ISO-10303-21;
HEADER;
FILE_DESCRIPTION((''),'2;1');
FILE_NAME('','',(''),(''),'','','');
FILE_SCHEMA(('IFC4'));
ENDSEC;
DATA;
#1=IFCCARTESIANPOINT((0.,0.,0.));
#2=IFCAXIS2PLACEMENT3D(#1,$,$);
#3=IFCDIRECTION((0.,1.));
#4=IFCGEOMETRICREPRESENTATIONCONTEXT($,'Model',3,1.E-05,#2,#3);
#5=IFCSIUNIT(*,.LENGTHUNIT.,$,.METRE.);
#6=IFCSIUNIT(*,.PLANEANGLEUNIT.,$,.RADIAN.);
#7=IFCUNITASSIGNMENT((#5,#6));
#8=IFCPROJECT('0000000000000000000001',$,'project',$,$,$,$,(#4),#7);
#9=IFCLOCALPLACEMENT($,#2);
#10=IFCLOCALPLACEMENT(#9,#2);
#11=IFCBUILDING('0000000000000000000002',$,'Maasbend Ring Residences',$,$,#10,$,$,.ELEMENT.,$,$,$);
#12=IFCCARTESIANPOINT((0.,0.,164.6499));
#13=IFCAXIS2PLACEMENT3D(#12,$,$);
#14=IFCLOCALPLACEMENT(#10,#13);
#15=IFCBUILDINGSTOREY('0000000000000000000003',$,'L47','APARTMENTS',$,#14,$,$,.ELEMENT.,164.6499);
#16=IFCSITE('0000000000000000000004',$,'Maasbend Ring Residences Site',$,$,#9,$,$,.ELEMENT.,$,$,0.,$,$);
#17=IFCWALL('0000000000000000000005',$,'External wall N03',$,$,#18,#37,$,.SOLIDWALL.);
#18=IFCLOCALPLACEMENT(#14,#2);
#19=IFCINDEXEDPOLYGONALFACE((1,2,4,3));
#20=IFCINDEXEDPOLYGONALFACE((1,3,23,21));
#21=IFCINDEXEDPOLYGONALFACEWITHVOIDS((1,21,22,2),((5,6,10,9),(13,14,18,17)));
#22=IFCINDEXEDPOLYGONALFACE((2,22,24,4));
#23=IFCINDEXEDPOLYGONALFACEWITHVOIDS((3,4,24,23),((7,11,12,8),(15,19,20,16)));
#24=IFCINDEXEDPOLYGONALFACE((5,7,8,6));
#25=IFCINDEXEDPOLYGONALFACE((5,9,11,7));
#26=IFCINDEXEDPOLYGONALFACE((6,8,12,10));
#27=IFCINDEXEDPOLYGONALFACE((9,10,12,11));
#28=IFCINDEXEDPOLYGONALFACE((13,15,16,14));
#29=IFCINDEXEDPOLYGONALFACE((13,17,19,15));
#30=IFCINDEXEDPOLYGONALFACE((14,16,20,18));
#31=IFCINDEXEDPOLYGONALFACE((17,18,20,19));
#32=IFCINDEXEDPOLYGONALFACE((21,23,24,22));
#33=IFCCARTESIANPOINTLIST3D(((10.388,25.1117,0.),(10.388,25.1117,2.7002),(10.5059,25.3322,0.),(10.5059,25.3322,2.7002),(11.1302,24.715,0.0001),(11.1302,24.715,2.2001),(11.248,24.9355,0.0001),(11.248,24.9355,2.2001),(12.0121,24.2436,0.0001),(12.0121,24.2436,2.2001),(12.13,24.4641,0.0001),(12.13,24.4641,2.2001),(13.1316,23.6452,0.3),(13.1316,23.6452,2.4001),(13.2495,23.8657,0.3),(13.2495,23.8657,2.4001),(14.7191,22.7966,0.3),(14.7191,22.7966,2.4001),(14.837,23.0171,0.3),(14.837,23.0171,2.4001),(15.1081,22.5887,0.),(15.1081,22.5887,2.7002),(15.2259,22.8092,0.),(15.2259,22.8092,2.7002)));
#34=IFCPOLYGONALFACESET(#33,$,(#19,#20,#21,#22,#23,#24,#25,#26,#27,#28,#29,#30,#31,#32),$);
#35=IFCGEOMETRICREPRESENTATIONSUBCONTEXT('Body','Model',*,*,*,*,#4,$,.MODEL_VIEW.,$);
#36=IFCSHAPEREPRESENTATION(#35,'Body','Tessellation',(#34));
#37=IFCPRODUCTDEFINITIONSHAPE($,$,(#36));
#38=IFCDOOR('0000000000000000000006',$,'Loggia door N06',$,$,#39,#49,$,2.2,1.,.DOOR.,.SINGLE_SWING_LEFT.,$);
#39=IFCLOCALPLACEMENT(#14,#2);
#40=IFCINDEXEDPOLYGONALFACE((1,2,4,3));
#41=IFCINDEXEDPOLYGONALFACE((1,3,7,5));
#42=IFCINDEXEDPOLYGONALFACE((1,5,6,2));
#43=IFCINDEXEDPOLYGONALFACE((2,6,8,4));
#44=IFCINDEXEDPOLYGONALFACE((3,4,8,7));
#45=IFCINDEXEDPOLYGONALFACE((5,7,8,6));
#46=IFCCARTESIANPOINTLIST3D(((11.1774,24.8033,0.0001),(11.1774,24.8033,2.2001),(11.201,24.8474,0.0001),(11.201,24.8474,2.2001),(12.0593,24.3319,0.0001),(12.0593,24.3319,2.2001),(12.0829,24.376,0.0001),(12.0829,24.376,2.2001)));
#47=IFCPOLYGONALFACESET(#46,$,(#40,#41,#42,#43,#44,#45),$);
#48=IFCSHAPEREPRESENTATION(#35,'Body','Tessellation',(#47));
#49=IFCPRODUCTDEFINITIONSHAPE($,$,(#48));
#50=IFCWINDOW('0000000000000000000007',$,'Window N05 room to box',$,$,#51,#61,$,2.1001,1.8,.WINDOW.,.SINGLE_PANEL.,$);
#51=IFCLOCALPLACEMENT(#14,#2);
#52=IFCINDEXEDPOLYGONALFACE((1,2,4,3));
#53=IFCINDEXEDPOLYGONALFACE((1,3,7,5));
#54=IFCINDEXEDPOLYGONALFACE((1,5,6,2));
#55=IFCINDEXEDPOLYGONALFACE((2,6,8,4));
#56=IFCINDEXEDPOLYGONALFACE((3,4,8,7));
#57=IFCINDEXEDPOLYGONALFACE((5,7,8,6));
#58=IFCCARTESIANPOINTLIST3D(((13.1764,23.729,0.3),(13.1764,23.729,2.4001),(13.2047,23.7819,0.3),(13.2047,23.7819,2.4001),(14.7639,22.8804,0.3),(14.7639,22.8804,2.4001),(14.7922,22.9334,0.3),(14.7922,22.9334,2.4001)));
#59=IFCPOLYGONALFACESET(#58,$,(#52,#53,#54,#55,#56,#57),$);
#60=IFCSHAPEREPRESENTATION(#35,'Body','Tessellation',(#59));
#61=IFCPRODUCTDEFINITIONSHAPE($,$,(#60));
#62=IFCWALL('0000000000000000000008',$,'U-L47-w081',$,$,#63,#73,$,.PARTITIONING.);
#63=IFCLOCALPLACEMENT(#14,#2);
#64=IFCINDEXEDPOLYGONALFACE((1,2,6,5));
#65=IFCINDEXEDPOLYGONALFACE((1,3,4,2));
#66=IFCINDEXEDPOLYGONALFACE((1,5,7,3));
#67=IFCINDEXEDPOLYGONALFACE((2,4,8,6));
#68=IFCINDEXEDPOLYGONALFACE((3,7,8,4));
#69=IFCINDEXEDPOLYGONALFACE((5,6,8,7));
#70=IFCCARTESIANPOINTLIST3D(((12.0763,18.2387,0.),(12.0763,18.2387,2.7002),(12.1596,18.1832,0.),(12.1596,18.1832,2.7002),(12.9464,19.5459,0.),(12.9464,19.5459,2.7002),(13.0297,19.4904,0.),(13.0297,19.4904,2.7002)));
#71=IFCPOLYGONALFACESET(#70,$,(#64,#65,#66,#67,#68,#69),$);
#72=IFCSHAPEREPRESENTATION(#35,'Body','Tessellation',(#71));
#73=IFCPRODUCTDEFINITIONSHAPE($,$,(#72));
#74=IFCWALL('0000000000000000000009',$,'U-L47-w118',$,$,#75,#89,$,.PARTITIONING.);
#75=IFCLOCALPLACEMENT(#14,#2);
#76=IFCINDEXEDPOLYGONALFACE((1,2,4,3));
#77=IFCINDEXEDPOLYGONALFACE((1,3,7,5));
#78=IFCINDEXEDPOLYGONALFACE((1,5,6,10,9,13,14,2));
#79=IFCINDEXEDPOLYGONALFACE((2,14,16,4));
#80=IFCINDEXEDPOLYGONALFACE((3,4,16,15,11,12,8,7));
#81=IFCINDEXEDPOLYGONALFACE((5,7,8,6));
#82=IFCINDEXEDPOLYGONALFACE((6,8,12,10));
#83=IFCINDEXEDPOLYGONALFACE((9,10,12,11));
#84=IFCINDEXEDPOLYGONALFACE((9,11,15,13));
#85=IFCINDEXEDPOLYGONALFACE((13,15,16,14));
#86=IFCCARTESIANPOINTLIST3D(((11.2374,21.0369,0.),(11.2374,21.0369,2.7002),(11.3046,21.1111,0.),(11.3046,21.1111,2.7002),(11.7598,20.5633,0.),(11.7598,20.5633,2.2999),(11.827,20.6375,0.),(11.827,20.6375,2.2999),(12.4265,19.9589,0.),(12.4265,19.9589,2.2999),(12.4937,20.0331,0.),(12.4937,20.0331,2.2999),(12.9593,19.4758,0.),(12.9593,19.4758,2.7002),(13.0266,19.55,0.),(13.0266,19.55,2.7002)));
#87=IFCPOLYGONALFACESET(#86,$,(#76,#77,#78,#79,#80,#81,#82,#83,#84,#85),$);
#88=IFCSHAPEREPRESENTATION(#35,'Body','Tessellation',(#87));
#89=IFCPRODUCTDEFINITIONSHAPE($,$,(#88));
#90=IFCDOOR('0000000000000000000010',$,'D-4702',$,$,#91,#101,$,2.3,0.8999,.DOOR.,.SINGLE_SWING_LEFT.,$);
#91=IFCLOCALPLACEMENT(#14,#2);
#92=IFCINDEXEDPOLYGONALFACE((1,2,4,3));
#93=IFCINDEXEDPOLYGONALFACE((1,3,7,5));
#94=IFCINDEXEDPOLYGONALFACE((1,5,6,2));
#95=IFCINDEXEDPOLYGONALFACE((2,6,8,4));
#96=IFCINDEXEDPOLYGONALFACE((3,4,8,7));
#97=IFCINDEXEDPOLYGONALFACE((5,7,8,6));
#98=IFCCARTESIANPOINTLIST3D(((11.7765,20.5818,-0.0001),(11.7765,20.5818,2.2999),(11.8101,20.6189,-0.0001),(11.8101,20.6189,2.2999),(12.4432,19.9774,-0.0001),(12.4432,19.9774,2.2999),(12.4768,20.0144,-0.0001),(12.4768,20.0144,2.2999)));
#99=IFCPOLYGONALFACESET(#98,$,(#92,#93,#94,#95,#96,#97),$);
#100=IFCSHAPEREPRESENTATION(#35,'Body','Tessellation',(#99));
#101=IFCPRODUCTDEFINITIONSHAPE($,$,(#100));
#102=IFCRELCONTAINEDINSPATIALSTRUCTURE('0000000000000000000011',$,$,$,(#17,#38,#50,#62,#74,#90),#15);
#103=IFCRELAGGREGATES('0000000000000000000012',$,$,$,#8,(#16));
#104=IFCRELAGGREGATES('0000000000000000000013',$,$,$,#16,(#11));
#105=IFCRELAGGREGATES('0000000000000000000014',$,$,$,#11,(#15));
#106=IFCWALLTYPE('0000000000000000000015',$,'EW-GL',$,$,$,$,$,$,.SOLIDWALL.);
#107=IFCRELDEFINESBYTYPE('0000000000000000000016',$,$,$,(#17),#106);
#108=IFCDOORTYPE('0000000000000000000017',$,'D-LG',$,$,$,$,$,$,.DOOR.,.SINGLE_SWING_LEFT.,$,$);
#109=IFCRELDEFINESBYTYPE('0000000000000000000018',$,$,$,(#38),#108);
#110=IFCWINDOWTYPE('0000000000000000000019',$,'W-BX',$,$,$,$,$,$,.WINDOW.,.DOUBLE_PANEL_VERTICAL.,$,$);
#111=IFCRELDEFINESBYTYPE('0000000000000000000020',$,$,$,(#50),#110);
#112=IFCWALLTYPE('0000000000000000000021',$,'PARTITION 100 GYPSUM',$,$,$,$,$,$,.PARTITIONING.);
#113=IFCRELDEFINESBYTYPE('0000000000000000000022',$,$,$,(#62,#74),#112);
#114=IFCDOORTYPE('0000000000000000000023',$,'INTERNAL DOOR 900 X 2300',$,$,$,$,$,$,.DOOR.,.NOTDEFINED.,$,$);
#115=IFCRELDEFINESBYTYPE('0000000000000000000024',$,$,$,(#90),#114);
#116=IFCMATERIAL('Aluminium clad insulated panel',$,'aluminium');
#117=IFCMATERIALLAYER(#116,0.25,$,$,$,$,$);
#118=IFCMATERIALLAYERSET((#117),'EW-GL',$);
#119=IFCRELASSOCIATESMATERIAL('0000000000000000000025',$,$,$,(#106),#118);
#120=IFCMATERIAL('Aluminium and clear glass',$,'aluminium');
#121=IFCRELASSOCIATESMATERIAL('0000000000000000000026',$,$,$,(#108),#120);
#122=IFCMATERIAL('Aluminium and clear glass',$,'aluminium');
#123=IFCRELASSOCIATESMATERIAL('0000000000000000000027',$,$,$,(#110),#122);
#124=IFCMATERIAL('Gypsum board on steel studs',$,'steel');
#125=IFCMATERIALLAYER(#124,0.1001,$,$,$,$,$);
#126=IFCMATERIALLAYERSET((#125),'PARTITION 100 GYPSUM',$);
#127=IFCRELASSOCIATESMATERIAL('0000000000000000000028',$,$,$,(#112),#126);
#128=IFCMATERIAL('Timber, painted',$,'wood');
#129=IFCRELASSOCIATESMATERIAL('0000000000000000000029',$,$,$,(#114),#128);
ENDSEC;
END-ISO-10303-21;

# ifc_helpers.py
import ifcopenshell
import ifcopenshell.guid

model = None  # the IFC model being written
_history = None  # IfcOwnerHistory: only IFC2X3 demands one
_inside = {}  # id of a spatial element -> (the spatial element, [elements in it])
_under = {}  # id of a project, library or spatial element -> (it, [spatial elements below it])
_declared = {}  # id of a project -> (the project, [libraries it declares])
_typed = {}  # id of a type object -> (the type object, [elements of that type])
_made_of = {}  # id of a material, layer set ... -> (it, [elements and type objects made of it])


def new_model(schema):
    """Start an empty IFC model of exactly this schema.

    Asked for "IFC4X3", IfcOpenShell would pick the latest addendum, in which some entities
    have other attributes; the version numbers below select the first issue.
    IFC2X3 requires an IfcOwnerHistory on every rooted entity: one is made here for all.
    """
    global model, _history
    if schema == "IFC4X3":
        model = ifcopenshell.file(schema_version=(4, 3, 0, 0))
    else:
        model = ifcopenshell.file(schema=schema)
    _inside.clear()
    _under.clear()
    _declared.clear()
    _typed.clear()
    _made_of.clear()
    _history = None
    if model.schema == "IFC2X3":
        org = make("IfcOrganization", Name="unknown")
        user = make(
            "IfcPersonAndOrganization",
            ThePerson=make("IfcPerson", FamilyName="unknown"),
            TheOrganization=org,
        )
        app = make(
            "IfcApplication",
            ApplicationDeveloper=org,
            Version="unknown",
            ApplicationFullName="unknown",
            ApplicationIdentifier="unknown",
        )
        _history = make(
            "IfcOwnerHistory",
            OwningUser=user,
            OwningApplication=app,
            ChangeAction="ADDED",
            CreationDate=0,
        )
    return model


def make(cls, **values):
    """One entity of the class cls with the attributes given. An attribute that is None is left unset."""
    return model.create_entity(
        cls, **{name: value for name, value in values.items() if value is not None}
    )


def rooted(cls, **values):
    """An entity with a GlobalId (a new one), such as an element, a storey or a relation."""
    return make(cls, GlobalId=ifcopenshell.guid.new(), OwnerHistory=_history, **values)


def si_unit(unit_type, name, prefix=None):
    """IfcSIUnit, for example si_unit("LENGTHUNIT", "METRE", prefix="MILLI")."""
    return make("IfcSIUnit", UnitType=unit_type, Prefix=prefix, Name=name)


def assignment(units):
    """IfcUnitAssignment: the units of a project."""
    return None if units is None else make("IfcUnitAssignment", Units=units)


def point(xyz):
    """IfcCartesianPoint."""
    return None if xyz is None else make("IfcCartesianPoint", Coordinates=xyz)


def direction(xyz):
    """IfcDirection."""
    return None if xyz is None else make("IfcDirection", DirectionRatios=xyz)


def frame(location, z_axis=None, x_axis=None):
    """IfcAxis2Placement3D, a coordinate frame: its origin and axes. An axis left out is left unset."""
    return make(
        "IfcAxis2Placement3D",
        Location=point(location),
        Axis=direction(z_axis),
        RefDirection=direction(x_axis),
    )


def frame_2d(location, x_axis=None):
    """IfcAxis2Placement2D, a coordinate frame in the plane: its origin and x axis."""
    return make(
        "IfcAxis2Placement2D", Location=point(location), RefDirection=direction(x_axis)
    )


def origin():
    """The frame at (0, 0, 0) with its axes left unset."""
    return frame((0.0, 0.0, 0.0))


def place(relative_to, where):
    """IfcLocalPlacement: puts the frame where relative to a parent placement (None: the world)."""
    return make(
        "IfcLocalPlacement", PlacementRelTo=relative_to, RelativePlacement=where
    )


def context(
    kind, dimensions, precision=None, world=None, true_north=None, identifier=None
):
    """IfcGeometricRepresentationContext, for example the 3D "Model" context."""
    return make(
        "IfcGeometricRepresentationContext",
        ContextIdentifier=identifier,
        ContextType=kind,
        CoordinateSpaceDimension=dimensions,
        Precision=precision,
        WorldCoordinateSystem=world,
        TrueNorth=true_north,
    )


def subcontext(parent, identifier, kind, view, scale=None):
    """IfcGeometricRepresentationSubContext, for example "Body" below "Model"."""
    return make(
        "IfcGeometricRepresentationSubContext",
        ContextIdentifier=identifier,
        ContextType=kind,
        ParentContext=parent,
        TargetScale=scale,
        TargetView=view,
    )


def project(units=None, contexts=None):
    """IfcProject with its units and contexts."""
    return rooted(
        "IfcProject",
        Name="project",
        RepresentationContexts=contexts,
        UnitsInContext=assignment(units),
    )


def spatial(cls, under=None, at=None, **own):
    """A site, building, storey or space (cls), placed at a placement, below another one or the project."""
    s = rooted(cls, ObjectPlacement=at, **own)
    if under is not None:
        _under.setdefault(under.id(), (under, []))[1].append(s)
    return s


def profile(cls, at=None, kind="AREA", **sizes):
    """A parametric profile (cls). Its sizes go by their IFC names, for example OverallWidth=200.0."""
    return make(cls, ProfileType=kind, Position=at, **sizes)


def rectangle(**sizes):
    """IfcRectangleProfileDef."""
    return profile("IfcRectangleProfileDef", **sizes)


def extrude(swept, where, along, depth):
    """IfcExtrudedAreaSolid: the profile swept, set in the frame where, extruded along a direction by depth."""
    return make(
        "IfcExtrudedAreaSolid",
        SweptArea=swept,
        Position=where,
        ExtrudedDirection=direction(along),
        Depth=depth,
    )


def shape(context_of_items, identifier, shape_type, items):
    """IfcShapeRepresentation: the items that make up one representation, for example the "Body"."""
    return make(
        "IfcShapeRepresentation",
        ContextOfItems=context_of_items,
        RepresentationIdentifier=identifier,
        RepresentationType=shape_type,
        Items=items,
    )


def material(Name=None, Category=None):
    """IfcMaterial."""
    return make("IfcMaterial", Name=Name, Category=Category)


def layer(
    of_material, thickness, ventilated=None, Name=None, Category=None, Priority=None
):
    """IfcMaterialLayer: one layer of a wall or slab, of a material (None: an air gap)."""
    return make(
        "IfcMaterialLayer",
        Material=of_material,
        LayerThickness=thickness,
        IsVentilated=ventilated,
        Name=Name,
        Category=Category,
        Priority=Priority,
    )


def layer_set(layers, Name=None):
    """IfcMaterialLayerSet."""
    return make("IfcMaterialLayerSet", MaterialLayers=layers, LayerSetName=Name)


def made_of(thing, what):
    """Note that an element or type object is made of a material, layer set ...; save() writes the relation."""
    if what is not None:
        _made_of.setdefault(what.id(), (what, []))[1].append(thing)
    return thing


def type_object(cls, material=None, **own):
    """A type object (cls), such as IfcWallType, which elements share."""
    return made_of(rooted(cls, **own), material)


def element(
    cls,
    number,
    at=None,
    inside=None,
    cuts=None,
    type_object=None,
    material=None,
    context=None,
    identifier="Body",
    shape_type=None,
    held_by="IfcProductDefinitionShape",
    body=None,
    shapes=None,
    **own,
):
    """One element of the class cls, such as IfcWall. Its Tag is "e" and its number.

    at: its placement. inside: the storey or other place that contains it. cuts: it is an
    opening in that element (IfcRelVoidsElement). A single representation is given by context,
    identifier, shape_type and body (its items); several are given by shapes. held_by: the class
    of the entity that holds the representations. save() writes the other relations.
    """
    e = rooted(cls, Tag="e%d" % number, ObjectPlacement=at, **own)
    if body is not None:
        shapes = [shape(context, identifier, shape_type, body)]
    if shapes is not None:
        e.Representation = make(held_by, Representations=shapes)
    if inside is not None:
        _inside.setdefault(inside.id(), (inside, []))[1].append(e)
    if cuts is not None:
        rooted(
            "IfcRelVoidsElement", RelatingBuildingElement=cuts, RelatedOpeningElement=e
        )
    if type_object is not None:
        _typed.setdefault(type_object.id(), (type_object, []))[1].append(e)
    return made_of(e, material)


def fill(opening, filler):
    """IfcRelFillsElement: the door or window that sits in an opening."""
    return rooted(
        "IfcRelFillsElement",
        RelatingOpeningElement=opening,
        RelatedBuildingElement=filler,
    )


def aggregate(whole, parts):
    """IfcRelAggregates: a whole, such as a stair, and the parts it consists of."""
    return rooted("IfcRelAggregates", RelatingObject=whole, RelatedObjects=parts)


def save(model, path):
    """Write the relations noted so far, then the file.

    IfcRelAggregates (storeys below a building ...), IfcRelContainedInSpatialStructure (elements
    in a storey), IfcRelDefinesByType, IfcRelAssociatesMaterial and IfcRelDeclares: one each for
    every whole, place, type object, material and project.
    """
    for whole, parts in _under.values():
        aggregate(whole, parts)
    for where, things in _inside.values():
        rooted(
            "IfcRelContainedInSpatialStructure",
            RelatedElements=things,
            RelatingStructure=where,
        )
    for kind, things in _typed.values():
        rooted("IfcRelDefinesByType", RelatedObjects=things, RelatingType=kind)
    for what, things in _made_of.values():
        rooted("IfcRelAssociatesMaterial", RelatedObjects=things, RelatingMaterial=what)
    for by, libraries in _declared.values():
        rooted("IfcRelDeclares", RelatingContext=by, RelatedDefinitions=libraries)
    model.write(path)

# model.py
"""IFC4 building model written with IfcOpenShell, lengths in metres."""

from ifc_helpers import new_model, si_unit, direction, frame, frame_2d, origin, place, context, subcontext, project, spatial, rectangle, extrude, material, layer, layer_set, type_object, element, fill, save


model = new_model("IFC4")

# Units and contexts
model_context = context("Model", 3, precision=1e-05, world=origin(), true_north=direction((0.0, 1.0)))
body_context = subcontext(model_context, "Body", "Model", "MODEL_VIEW")
ifc_project = project(units=[si_unit("LENGTHUNIT", "METRE"), si_unit("PLANEANGLEUNIT", "RADIAN")], contexts=[model_context])

# Site, building, storey
site_placement = place(None, origin())
site = spatial("IfcSite", under=ifc_project, at=site_placement, Name="Maasbend Ring Residences Site", CompositionType="ELEMENT", RefElevation=0.0)
building_placement = place(site_placement, origin())
building = spatial("IfcBuilding", under=site, at=building_placement, Name="Maasbend Ring Residences", CompositionType="ELEMENT")
storey_placement = place(building_placement, frame((0.0, 0.0, 164.6499)))
storey = spatial("IfcBuildingStorey", under=building, at=storey_placement, Name="L47", Description="APARTMENTS", CompositionType="ELEMENT", Elevation=164.6499)

# Wall, openings, door, window
ifc_material_1 = material(Name="Aluminium clad insulated panel", Category="aluminium")
ifc_layer_1 = layer(ifc_material_1, 0.25)
ifc_layer_set_1 = layer_set([ifc_layer_1], Name="EW-GL")
wall_type_1 = type_object("IfcWallType", Name="EW-GL", PredefinedType="SOLIDWALL", material=ifc_layer_set_1)
ifc_material_2 = material(Name="Aluminium and clear glass", Category="aluminium")
door_type_1 = type_object("IfcDoorType", Name="D-LG", OperationType="SINGLE_SWING_LEFT", PredefinedType="DOOR", material=ifc_material_2)
ifc_material_3 = material(Name="Aluminium and clear glass", Category="aluminium")
window_type_1 = type_object("IfcWindowType", Name="W-BX", PartitioningType="DOUBLE_PANEL_VERTICAL", PredefinedType="WINDOW", material=ifc_material_3)
wall_1_placement = place(storey_placement, frame((15.167, 22.699, 0.0), z_axis=(0.0, 0.0, 1.0), x_axis=(-0.881916, 0.471407, 0.0)))
wall_1 = element("IfcWall", 1, at=wall_1_placement, inside=storey, type_object=wall_type_1, Name="External wall N03", PredefinedType="SOLIDWALL", context=body_context, shape_type="SweptSolid", body=[
    extrude(rectangle(XDim=5.3521, YDim=0.25, at=frame_2d((2.676, 0.0))), origin(), (0.0, 0.0, 1.0), 2.7002),
])
opening_1_placement = place(wall_1_placement, frame((0.4412, 0.0, 0.3)))
opening_1 = element("IfcOpeningElement", 2, at=opening_1_placement, cuts=wall_1, PredefinedType="OPENING", context=body_context, shape_type="SweptSolid", body=[
    extrude(rectangle(XDim=1.8, YDim=2.1001, at=frame_2d((0.8999, 1.05))), frame((0.0, 0.135, 0.0), z_axis=(0.0, -1.0, 0.0), x_axis=(1.0, 0.0, 0.0)), (0.0, 0.0, 1.0), 0.27),
])
opening_2_placement = place(wall_1_placement, frame((3.5105, 0.0, 0.0)))
opening_2 = element("IfcOpeningElement", 3, at=opening_2_placement, cuts=wall_1, PredefinedType="OPENING", context=body_context, shape_type="SweptSolid", body=[
    extrude(rectangle(XDim=1.0, YDim=2.2, at=frame_2d((0.5, 1.1001))), frame((0.0, 0.135, 0.0), z_axis=(0.0, -1.0, 0.0), x_axis=(1.0, 0.0, 0.0)), (0.0, 0.0, 1.0), 0.27),
])
door_1_placement = place(opening_2_placement, origin())
door_1 = element("IfcDoor", 4, at=door_1_placement, inside=storey, type_object=door_type_1, Name="Loggia door N06", OperationType="SINGLE_SWING_LEFT", OverallHeight=2.2, OverallWidth=1.0, PredefinedType="DOOR", context=body_context, shape_type="SweptSolid", body=[
    extrude(rectangle(XDim=1.0, YDim=2.2, at=frame_2d((0.5, 1.1001))), frame((0.0, 0.0249, 0.0), z_axis=(0.0, -1.0, 0.0), x_axis=(1.0, 0.0, 0.0)), (0.0, 0.0, 1.0), 0.05),
])
fill(opening_2, door_1)
window_1_placement = place(opening_1_placement, origin())
window_1 = element("IfcWindow", 5, at=window_1_placement, inside=storey, type_object=window_type_1, Name="Window N05 room to box", OverallHeight=2.1001, OverallWidth=1.8, PartitioningType="SINGLE_PANEL", PredefinedType="WINDOW", context=body_context, shape_type="SweptSolid", body=[
    extrude(rectangle(XDim=1.8, YDim=2.1001, at=frame_2d((0.8999, 1.05))), frame((0.0, 0.03, 0.0), z_axis=(0.0, -1.0, 0.0), x_axis=(1.0, 0.0, 0.0)), (0.0, 0.0, 1.0), 0.0601),
])
fill(opening_1, window_1)

# Wall
ifc_material_4 = material(Name="Gypsum board on steel studs", Category="steel")
ifc_layer_2 = layer(ifc_material_4, 0.1001)
ifc_layer_set_2 = layer_set([ifc_layer_2], Name="PARTITION 100 GYPSUM")
wall_type_2 = type_object("IfcWallType", Name="PARTITION 100 GYPSUM", PredefinedType="PARTITIONING", material=ifc_layer_set_2)
wall_2_placement = place(storey_placement, frame((12.1179, 18.2109, 0.0), z_axis=(0.0, 0.0, 1.0), x_axis=(0.554126, 0.832433, 0.0)))
element("IfcWall", 6, at=wall_2_placement, inside=storey, type_object=wall_type_2, Name="U-L47-w081", PredefinedType="PARTITIONING", context=body_context, shape_type="SweptSolid", body=[
    extrude(rectangle(XDim=1.5703, YDim=0.1001, at=frame_2d((0.7852, 0.0))), origin(), (0.0, 0.0, 1.0), 2.7002),
])

# Wall, opening, door
wall_3_placement = place(storey_placement, frame((11.271, 21.074, 0.0), z_axis=(0.0, 0.0, 1.0), x_axis=(0.740871, -0.671647, 0.0)))
wall_3 = element("IfcWall", 7, at=wall_3_placement, inside=storey, type_object=wall_type_2, Name="U-L47-w118", PredefinedType="PARTITIONING", context=body_context, shape_type="SweptSolid", body=[
    extrude(rectangle(XDim=2.3242, YDim=0.1001, at=frame_2d((1.1621, 0.0))), origin(), (0.0, 0.0, 1.0), 2.7002),
])
opening_3_placement = place(wall_3_placement, frame((0.7051, 0.0, 0.0)))
opening_3 = element("IfcOpeningElement", 8, at=opening_3_placement, cuts=wall_3, PredefinedType="OPENING", context=body_context, shape_type="SweptSolid", body=[
    extrude(rectangle(XDim=0.8999, YDim=2.3, at=frame_2d((0.45, 1.1499))), frame((0.0, 0.0601, 0.0), z_axis=(0.0, -1.0, 0.0), x_axis=(1.0, 0.0, 0.0)), (0.0, 0.0, 1.0), 0.1201),
])
ifc_material_5 = material(Name="Timber, painted", Category="wood")
door_type_2 = type_object("IfcDoorType", Name="INTERNAL DOOR 900 X 2300", OperationType="NOTDEFINED", PredefinedType="DOOR", material=ifc_material_5)
door_2_placement = place(opening_3_placement, origin())
door_2 = element("IfcDoor", 9, at=door_2_placement, inside=storey, type_object=door_type_2, Name="D-4702", OperationType="SINGLE_SWING_LEFT", OverallHeight=2.3, OverallWidth=0.8999, PredefinedType="DOOR", context=body_context, shape_type="SweptSolid", body=[
    extrude(rectangle(XDim=0.8999, YDim=2.3, at=frame_2d((0.45, 1.1499))), frame((0.0, 0.0249, 0.0), z_axis=(0.0, -1.0, 0.0), x_axis=(1.0, 0.0, 0.0)), (0.0, 0.0, 1.0), 0.05),
])
fill(opening_3, door_2)

save(model, "model.ifc")
